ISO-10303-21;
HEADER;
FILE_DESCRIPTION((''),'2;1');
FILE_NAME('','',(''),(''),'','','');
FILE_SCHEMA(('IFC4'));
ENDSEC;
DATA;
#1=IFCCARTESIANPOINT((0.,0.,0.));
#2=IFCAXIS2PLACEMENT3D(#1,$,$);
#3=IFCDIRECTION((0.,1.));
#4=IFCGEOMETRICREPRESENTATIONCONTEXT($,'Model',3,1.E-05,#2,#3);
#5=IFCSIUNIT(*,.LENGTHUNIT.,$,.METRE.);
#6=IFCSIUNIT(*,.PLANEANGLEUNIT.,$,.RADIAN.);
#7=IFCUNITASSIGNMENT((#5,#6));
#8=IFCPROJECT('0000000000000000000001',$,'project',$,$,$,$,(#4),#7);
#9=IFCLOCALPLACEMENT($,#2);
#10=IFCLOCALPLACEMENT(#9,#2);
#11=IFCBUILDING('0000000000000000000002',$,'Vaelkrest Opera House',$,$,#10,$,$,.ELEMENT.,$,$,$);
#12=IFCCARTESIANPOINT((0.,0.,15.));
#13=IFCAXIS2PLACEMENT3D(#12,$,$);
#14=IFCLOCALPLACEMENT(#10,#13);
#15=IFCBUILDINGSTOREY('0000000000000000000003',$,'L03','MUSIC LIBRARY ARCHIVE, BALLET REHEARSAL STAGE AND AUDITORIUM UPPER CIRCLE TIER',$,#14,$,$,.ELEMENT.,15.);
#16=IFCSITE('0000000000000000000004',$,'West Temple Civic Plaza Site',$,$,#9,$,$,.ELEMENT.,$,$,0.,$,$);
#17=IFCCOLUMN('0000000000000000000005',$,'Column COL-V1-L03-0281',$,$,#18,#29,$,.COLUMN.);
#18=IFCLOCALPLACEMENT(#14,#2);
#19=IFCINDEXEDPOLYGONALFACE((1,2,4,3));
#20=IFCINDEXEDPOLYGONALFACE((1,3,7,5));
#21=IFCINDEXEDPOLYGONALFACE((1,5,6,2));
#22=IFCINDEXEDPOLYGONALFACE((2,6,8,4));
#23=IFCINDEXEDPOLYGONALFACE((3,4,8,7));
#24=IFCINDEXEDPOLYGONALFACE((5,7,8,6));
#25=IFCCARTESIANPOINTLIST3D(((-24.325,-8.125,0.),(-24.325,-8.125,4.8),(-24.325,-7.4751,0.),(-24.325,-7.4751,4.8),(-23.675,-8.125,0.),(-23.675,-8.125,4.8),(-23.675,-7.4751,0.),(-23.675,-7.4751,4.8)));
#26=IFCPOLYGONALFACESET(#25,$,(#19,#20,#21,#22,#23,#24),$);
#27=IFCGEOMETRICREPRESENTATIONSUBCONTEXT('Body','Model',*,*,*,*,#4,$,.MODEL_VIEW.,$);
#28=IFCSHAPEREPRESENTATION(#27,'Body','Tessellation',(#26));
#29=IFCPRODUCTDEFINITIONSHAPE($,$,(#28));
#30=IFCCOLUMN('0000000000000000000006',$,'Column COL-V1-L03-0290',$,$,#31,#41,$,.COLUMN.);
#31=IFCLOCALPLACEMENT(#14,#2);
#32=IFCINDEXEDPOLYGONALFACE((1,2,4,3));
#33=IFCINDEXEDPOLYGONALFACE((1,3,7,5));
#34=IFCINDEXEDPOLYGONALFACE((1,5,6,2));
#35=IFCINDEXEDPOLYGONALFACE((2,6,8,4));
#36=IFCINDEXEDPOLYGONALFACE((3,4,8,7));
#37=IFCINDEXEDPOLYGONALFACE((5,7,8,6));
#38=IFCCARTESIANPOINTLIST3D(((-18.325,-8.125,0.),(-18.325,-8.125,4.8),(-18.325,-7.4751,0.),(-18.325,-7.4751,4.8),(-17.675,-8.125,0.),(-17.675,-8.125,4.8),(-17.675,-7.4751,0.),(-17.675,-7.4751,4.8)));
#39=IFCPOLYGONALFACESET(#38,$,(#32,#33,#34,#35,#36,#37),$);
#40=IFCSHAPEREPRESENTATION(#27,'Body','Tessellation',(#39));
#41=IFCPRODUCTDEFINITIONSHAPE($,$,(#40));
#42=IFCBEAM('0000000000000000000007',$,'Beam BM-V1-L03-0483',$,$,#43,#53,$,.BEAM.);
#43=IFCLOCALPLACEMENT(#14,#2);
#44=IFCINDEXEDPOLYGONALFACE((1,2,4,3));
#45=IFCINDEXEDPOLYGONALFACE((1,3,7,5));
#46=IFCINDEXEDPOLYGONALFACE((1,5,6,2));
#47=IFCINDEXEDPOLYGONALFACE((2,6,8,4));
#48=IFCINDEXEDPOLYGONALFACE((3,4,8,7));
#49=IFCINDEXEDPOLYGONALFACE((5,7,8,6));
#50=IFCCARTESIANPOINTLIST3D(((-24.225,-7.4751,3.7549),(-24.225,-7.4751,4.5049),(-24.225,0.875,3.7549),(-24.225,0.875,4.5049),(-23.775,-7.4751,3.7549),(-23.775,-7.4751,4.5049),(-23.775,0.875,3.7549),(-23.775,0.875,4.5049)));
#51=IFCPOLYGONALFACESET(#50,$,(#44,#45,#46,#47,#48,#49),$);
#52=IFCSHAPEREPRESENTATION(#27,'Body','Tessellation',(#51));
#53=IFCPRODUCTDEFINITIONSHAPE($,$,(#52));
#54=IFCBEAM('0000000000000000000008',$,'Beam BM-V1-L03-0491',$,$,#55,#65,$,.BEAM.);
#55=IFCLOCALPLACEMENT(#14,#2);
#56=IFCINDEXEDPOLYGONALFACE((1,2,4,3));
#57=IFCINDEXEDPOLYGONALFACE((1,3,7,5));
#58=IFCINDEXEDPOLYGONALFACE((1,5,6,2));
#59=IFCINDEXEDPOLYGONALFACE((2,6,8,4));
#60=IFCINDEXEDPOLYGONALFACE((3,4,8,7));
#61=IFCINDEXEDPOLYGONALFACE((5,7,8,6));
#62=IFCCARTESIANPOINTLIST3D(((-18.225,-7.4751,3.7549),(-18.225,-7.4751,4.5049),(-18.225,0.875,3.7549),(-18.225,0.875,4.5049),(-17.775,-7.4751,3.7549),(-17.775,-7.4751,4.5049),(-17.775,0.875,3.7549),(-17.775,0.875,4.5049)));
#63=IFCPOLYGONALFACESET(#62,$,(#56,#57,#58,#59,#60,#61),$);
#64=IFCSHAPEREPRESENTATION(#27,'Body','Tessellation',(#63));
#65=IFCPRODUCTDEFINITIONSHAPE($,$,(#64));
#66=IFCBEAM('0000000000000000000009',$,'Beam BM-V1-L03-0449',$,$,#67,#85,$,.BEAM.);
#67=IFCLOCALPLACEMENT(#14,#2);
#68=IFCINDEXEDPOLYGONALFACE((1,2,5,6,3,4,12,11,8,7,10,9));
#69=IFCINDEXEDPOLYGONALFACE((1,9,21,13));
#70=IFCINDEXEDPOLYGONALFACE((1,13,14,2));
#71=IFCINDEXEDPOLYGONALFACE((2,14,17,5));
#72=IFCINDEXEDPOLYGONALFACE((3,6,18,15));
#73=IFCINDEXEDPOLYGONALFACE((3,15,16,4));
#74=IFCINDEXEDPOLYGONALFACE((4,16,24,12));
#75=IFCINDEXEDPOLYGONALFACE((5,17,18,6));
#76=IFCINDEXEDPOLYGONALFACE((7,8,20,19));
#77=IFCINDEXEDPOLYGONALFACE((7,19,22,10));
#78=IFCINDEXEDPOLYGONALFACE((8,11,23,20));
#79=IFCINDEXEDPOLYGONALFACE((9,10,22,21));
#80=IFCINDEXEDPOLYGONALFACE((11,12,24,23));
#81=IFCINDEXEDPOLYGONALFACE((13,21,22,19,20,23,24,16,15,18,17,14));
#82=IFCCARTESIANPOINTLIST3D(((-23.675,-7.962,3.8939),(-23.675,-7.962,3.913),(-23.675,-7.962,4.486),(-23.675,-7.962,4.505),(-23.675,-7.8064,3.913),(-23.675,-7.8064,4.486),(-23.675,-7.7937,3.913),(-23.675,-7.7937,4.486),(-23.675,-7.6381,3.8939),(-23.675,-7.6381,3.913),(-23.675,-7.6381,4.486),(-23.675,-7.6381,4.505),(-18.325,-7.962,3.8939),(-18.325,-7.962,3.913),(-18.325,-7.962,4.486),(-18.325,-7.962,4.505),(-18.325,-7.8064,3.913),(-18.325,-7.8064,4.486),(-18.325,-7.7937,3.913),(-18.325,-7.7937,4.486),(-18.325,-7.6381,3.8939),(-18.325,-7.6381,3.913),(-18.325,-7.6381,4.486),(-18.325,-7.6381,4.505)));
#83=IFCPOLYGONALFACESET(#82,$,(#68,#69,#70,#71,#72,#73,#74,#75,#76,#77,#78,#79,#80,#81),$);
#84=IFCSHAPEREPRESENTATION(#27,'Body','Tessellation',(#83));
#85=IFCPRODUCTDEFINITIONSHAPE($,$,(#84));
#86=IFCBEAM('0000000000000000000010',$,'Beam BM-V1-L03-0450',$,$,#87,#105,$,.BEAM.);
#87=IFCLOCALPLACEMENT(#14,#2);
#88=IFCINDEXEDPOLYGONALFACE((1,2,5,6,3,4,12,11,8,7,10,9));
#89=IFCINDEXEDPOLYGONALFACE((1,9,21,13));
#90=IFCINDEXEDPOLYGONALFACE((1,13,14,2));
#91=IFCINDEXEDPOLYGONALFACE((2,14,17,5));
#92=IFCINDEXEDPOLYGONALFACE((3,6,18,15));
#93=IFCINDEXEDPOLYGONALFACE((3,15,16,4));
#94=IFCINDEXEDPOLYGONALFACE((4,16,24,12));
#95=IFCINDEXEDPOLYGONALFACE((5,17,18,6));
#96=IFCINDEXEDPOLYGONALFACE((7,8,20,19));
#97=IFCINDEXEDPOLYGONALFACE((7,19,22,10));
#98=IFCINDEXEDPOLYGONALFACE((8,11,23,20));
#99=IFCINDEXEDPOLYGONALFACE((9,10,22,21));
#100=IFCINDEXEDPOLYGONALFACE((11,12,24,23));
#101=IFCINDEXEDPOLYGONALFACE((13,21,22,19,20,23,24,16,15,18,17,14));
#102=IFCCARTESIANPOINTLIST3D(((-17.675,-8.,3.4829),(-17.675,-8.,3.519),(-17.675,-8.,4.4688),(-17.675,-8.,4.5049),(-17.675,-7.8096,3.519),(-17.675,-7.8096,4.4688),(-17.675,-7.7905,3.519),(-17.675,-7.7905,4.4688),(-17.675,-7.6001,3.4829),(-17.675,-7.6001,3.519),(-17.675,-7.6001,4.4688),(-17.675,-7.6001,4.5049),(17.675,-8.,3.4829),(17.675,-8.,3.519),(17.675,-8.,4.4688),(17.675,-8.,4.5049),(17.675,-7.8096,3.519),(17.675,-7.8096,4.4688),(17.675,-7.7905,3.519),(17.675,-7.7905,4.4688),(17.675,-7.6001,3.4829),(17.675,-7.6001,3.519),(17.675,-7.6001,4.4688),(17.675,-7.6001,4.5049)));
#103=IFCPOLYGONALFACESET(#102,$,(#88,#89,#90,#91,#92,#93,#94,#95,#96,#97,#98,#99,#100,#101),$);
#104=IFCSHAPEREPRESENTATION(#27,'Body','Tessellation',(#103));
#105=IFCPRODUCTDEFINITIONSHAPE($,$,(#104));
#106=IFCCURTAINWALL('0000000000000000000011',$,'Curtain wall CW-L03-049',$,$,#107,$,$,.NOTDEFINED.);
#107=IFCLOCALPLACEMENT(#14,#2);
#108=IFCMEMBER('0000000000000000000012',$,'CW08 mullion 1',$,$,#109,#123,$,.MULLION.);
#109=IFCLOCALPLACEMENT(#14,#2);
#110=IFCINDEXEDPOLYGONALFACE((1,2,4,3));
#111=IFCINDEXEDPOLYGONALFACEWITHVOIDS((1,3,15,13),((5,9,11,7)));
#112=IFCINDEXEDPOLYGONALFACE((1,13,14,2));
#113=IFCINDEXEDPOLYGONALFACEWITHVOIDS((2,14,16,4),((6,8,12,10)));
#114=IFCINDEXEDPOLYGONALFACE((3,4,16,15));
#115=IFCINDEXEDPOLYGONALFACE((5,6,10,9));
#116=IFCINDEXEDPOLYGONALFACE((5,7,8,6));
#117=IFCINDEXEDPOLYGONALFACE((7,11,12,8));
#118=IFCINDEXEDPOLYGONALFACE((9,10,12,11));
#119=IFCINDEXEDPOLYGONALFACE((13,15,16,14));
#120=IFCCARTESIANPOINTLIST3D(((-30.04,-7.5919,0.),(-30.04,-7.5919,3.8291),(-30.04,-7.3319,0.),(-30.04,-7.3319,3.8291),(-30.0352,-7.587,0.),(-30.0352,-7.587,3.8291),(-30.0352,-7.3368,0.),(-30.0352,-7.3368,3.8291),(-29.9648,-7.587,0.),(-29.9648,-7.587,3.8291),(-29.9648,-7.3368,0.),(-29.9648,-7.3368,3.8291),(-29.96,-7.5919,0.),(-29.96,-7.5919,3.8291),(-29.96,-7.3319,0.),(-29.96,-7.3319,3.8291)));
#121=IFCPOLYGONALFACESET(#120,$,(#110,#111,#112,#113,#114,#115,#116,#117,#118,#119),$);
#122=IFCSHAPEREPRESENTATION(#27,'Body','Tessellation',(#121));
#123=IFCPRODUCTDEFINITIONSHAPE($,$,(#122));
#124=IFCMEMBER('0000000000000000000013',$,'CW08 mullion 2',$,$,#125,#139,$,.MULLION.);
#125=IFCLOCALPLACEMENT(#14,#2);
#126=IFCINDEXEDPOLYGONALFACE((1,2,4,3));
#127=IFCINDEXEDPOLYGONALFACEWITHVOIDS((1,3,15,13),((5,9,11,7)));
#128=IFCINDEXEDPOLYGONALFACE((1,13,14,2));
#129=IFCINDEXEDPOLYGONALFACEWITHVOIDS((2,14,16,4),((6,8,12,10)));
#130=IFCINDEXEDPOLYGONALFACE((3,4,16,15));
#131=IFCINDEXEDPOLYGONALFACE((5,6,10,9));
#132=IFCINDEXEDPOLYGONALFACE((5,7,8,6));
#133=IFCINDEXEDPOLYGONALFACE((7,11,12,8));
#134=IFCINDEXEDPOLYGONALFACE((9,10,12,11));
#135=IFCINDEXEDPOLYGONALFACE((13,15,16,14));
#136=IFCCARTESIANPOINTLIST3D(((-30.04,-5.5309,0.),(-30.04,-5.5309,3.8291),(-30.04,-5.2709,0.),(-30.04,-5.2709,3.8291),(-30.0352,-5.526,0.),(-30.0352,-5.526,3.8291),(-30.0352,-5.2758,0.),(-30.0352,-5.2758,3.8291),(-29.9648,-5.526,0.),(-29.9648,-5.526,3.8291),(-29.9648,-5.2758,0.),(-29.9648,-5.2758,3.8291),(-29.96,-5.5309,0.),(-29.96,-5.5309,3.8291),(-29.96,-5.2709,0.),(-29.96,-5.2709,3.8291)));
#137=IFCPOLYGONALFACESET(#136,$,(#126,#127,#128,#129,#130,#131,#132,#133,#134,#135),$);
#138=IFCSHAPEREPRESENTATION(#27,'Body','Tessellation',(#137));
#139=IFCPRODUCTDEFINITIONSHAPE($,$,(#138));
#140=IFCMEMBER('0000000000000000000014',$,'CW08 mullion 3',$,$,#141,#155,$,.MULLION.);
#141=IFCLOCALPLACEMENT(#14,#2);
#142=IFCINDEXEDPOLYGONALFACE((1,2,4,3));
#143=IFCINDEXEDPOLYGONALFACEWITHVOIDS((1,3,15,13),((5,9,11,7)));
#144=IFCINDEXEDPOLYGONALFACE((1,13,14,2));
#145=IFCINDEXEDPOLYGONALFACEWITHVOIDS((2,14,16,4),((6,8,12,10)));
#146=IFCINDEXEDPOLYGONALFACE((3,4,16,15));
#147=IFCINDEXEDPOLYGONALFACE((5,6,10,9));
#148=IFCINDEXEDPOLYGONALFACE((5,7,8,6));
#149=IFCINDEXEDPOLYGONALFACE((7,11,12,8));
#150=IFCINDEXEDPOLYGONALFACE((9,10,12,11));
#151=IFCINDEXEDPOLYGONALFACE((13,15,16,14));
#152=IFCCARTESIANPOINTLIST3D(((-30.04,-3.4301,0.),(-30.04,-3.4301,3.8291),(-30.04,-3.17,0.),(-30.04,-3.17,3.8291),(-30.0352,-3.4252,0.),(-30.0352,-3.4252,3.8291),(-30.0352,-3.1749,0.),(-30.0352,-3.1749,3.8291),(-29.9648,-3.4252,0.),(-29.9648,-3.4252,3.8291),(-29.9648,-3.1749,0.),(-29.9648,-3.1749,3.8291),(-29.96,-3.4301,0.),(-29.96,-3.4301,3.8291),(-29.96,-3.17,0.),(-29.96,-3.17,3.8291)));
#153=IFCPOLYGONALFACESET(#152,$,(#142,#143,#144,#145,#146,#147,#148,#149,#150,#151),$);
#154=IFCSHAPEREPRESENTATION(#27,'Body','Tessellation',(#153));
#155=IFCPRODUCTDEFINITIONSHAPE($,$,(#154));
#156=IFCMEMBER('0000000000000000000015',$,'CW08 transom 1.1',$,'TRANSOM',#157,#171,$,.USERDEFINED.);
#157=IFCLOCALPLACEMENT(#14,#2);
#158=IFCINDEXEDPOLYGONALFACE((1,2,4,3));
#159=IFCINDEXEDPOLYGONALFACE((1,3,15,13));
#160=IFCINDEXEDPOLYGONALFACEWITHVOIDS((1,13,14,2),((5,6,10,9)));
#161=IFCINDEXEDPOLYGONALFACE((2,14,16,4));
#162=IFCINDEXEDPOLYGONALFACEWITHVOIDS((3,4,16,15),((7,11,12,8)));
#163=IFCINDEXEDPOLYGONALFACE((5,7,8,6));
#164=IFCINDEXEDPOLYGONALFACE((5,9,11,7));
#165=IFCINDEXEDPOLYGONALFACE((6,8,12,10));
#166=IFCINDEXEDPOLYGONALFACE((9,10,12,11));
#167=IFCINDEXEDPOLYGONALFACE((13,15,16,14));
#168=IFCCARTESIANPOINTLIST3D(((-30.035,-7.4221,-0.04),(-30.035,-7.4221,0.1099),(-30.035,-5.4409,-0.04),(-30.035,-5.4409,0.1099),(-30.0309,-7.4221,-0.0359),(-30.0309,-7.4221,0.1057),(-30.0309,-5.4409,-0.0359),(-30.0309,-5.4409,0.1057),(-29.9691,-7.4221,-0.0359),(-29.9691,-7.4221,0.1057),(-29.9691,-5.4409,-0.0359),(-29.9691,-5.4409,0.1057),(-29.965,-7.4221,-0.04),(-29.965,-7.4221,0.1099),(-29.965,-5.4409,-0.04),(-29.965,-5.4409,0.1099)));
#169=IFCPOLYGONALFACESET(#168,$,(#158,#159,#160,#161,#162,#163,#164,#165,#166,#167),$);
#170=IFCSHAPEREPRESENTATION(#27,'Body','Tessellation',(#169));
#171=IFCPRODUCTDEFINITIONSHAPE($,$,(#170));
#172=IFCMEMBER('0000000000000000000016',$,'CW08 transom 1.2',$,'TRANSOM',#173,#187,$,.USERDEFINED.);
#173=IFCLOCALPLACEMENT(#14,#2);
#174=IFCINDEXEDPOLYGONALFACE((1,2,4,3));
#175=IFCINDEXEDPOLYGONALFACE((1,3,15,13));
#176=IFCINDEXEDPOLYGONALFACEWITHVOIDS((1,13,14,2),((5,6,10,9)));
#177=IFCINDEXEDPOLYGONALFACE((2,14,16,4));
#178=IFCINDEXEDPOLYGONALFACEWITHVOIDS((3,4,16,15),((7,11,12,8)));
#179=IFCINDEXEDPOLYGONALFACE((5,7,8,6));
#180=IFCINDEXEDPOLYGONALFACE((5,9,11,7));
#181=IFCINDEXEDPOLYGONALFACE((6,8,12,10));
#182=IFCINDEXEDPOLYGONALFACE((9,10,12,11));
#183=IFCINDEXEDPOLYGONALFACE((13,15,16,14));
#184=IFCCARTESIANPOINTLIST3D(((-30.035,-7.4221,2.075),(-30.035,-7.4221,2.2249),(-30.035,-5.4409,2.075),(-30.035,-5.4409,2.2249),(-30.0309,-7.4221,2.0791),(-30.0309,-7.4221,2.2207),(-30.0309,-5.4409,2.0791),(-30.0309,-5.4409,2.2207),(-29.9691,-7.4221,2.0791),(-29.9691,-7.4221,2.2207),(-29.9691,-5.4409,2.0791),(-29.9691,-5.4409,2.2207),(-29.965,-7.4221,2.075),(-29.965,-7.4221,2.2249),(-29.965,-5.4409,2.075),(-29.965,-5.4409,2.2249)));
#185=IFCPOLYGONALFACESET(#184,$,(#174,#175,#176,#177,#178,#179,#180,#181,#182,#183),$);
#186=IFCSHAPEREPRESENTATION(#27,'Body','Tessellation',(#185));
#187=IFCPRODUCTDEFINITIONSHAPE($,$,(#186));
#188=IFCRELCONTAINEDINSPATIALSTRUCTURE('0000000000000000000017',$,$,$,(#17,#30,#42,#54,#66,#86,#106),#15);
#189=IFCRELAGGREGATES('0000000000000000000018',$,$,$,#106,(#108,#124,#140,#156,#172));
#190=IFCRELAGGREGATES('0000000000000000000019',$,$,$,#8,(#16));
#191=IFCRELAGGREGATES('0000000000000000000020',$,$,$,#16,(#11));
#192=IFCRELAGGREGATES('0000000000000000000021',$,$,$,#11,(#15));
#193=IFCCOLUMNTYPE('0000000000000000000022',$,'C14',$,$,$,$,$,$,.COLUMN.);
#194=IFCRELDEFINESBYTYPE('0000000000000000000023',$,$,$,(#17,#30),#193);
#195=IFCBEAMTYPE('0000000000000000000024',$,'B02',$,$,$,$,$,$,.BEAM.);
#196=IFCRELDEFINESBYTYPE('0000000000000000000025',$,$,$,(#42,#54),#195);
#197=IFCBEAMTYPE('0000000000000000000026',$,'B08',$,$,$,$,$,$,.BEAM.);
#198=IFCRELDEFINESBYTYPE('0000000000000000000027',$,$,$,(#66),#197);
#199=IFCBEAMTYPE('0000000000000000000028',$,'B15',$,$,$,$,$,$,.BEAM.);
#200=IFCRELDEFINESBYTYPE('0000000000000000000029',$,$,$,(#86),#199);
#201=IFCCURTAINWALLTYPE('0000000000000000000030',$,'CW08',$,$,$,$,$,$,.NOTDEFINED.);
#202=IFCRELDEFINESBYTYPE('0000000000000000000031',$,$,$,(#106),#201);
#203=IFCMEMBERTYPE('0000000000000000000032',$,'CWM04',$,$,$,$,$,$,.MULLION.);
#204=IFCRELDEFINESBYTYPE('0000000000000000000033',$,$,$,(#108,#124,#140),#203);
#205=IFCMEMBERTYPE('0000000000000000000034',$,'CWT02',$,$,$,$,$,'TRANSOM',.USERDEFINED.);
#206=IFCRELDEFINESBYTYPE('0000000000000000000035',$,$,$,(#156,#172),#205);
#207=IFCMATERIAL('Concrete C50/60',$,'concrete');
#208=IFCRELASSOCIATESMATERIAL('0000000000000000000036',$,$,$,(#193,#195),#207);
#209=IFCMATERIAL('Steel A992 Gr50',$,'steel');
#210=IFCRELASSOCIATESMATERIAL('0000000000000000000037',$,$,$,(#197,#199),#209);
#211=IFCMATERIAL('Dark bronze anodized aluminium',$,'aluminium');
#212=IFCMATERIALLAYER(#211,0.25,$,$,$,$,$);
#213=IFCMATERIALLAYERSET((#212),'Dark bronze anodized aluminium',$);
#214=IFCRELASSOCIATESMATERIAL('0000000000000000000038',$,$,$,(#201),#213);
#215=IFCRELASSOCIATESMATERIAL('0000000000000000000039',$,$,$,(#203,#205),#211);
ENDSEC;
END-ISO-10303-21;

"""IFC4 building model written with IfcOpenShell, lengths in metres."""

from ifc_helpers import new_model, si_unit, direction, frame, origin, origin_2d, place, context, subcontext, project, spatial, rectangle, hollow_rectangle, i_section, extrude, material, layer, layer_set, material_profile, profile_set, type_object, element, aggregate, save


model = new_model("IFC4")

# Units and contexts
model_context = context("Model", 3, precision=1e-05, world=origin(), true_north=direction((0.0, 1.0)))
body_context = subcontext(model_context, "Body", "Model", "MODEL_VIEW")
ifc_project = project(units=[si_unit("LENGTHUNIT", "METRE"), si_unit("PLANEANGLEUNIT", "RADIAN")], contexts=[model_context])

# Site, building, storey
site_placement = place(None, origin())
site = spatial("IfcSite", under=ifc_project, at=site_placement, Name="West Temple Civic Plaza Site", CompositionType="ELEMENT", RefElevation=0.0)
building_placement = place(site_placement, origin())
building = spatial("IfcBuilding", under=site, at=building_placement, Name="Vaelkrest Opera House", CompositionType="ELEMENT")
storey_placement = place(building_placement, frame((0.0, 0.0, 15.0)))
storey = spatial("IfcBuildingStorey", under=building, at=storey_placement, Name="L03", Description="MUSIC LIBRARY ARCHIVE, BALLET REHEARSAL STAGE AND AUDITORIUM UPPER CIRCLE TIER", CompositionType="ELEMENT", Elevation=15.0)

# Columns
ifc_material_1 = material(Name="Concrete C50/60", Category="concrete")
ifc_material_profile_1 = material_profile(ifc_material_1, rectangle(XDim=0.6499, YDim=0.6499, at=origin_2d()), Name="RC650X650")
ifc_profile_set_1 = profile_set([ifc_material_profile_1], Name="Concrete C50/60")
column_type = type_object("IfcColumnType", Name="C14", PredefinedType="COLUMN", material=ifc_profile_set_1)
for number, where, z_axis, x_axis, name in (
    (1, (-24.0, -7.8, 0.0), (0.0, 0.0, 1.0), (1.0, 0.0, 0.0), "Column COL-V1-L03-0281"),
    (2, (-18.0, -7.8, 0.0), (0.0, 0.0, 1.0), (1.0, 0.0, 0.0), "Column COL-V1-L03-0290"),
):
    element("IfcColumn", number, at=place(storey_placement, frame(where, z_axis=z_axis, x_axis=x_axis)), inside=storey, type_object=column_type, Name=name, PredefinedType="COLUMN", context=body_context, shape_type="SweptSolid", body=[
        extrude(rectangle(XDim=0.6499, YDim=0.6499, at=origin_2d()), origin(), (0.0, 0.0, 1.0), 4.8),
    ])

# Beams
ifc_material_profile_2 = material_profile(ifc_material_1, rectangle(XDim=0.45, YDim=0.75, at=origin_2d()), Name="RCB450X750")
ifc_profile_set_2 = profile_set([ifc_material_profile_2], Name="Concrete C50/60")
beam_type_1 = type_object("IfcBeamType", Name="B02", PredefinedType="BEAM", material=ifc_profile_set_2)
for number, where, z_axis, x_axis, name in (
    (3, (-24.0, -7.4751, 4.1299), (0.0, 1.0, 0.0), (-1.0, 0.0, 0.0), "Beam BM-V1-L03-0483"),
    (4, (-18.0, -7.4751, 4.1299), (0.0, 1.0, 0.0), (-1.0, 0.0, 0.0), "Beam BM-V1-L03-0491"),
):
    element("IfcBeam", number, at=place(storey_placement, frame(where, z_axis=z_axis, x_axis=x_axis)), inside=storey, type_object=beam_type_1, Name=name, PredefinedType="BEAM", context=body_context, shape_type="SweptSolid", body=[
        extrude(rectangle(XDim=0.45, YDim=0.75, at=origin_2d()), origin(), (0.0, 0.0, 1.0), 8.3501),
    ])
ifc_material_2 = material(Name="Steel A992 Gr50", Category="steel")
ifc_material_profile_3 = material_profile(ifc_material_2, i_section(OverallWidth=0.324, OverallDepth=0.6111, WebThickness=0.0127, FlangeThickness=0.019, at=origin_2d()), Name="W24X104")
ifc_profile_set_3 = profile_set([ifc_material_profile_3], Name="Steel A992 Gr50")
beam_type_2 = type_object("IfcBeamType", Name="B08", PredefinedType="BEAM", material=ifc_profile_set_3)
beam_1_placement = place(storey_placement, frame((-23.675, -7.8, 4.1995), z_axis=(1.0, 0.0, 0.0), x_axis=(0.0, 1.0, 0.0)))
element("IfcBeam", 5, at=beam_1_placement, inside=storey, type_object=beam_type_2, Name="Beam BM-V1-L03-0449", PredefinedType="BEAM", context=body_context, shape_type="SweptSolid", body=[
    extrude(i_section(OverallWidth=0.324, OverallDepth=0.6111, WebThickness=0.0127, FlangeThickness=0.019, at=origin_2d()), origin(), (0.0, 0.0, 1.0), 5.3501),
])
ifc_material_profile_4 = material_profile(ifc_material_2, i_section(OverallWidth=0.3999, OverallDepth=1.022, WebThickness=0.019, FlangeThickness=0.0361, at=origin_2d()), Name="W40X249")
ifc_profile_set_4 = profile_set([ifc_material_profile_4], Name="Steel A992 Gr50")
beam_type_3 = type_object("IfcBeamType", Name="B15", PredefinedType="BEAM", material=ifc_profile_set_4)
beam_2_placement = place(storey_placement, frame((-17.675, -7.8, 3.9939), z_axis=(1.0, 0.0, 0.0), x_axis=(0.0, 1.0, 0.0)))
element("IfcBeam", 6, at=beam_2_placement, inside=storey, type_object=beam_type_3, Name="Beam BM-V1-L03-0450", PredefinedType="BEAM", context=body_context, shape_type="SweptSolid", body=[
    extrude(i_section(OverallWidth=0.3999, OverallDepth=1.022, WebThickness=0.019, FlangeThickness=0.0361, at=origin_2d()), origin(), (0.0, 0.0, 1.0), 35.3501),
])

# Curtain wall, members
ifc_material_3 = material(Name="Dark bronze anodized aluminium", Category="aluminium")
ifc_layer_1 = layer(ifc_material_3, 0.25)
ifc_layer_set_1 = layer_set([ifc_layer_1], Name="Dark bronze anodized aluminium")
curtain_wall_type = type_object("IfcCurtainWallType", Name="CW08", PredefinedType="NOTDEFINED", material=ifc_layer_set_1)
curtain_wall_placement = place(storey_placement, origin())
curtain_wall = element("IfcCurtainWall", 7, at=curtain_wall_placement, inside=storey, type_object=curtain_wall_type, Name="Curtain wall CW-L03-049", PredefinedType="NOTDEFINED")
ifc_material_profile_5 = material_profile(ifc_material_3, hollow_rectangle(XDim=0.0801, YDim=0.26, WallThickness=0.0049, at=origin_2d()), Name="CWM80X260")
ifc_profile_set_5 = profile_set([ifc_material_profile_5], Name="Dark bronze anodized aluminium")
member_type_1 = type_object("IfcMemberType", Name="CWM04", PredefinedType="MULLION", material=ifc_profile_set_5)
member_1_placement = place(storey_placement, frame((-30.0, -7.4619, 0.0), z_axis=(0.0, 0.0, 1.0), x_axis=(-1.0, 0.0, 0.0)))
member_1 = element("IfcMember", 8, at=member_1_placement, type_object=member_type_1, Name="CW08 mullion 1", PredefinedType="MULLION", context=body_context, shape_type="SweptSolid", body=[
    extrude(hollow_rectangle(XDim=0.0801, YDim=0.26, WallThickness=0.0049, at=origin_2d()), origin(), (0.0, 0.0, 1.0), 3.8291),
])
member_2_placement = place(storey_placement, frame((-30.0, -5.4009, 0.0), z_axis=(0.0, 0.0, 1.0), x_axis=(-1.0, 0.0, 0.0)))
member_2 = element("IfcMember", 9, at=member_2_placement, type_object=member_type_1, Name="CW08 mullion 2", PredefinedType="MULLION", context=body_context, shape_type="SweptSolid", body=[
    extrude(hollow_rectangle(XDim=0.0801, YDim=0.26, WallThickness=0.0049, at=origin_2d()), origin(), (0.0, 0.0, 1.0), 3.8291),
])
member_3_placement = place(storey_placement, frame((-30.0, -3.3, 0.0), z_axis=(0.0, 0.0, 1.0), x_axis=(-1.0, 0.0, 0.0)))
member_3 = element("IfcMember", 10, at=member_3_placement, type_object=member_type_1, Name="CW08 mullion 3", PredefinedType="MULLION", context=body_context, shape_type="SweptSolid", body=[
    extrude(hollow_rectangle(XDim=0.0801, YDim=0.26, WallThickness=0.0049, at=origin_2d()), origin(), (0.0, 0.0, 1.0), 3.8291),
])
ifc_material_profile_6 = material_profile(ifc_material_3, hollow_rectangle(XDim=0.0701, YDim=0.1499, WallThickness=0.0042, at=origin_2d()), Name="CWT70X150")
ifc_profile_set_6 = profile_set([ifc_material_profile_6], Name="Dark bronze anodized aluminium")
member_type_2 = type_object("IfcMemberType", Name="CWT02", ElementType="TRANSOM", PredefinedType="USERDEFINED", material=ifc_profile_set_6)
member_4_placement = place(storey_placement, frame((-30.0, -7.4221, 0.0349), z_axis=(0.0, 1.0, 0.0), x_axis=(-1.0, 0.0, 0.0)))
member_4 = element("IfcMember", 11, at=member_4_placement, type_object=member_type_2, Name="CW08 transom 1.1", ObjectType="TRANSOM", PredefinedType="USERDEFINED", context=body_context, shape_type="SweptSolid", body=[
    extrude(hollow_rectangle(XDim=0.0701, YDim=0.1499, WallThickness=0.0042, at=origin_2d()), origin(), (0.0, 0.0, 1.0), 1.9812),
])
member_5_placement = place(storey_placement, frame((-30.0, -7.4221, 2.1499), z_axis=(0.0, 1.0, 0.0), x_axis=(-1.0, 0.0, 0.0)))
member_5 = element("IfcMember", 12, at=member_5_placement, type_object=member_type_2, Name="CW08 transom 1.2", ObjectType="TRANSOM", PredefinedType="USERDEFINED", context=body_context, shape_type="SweptSolid", body=[
    extrude(hollow_rectangle(XDim=0.0701, YDim=0.1499, WallThickness=0.0042, at=origin_2d()), origin(), (0.0, 0.0, 1.0), 1.9812),
])

aggregate(curtain_wall, [member_1, member_2, member_3, member_4, member_5])

save(model, "model.ifc")
